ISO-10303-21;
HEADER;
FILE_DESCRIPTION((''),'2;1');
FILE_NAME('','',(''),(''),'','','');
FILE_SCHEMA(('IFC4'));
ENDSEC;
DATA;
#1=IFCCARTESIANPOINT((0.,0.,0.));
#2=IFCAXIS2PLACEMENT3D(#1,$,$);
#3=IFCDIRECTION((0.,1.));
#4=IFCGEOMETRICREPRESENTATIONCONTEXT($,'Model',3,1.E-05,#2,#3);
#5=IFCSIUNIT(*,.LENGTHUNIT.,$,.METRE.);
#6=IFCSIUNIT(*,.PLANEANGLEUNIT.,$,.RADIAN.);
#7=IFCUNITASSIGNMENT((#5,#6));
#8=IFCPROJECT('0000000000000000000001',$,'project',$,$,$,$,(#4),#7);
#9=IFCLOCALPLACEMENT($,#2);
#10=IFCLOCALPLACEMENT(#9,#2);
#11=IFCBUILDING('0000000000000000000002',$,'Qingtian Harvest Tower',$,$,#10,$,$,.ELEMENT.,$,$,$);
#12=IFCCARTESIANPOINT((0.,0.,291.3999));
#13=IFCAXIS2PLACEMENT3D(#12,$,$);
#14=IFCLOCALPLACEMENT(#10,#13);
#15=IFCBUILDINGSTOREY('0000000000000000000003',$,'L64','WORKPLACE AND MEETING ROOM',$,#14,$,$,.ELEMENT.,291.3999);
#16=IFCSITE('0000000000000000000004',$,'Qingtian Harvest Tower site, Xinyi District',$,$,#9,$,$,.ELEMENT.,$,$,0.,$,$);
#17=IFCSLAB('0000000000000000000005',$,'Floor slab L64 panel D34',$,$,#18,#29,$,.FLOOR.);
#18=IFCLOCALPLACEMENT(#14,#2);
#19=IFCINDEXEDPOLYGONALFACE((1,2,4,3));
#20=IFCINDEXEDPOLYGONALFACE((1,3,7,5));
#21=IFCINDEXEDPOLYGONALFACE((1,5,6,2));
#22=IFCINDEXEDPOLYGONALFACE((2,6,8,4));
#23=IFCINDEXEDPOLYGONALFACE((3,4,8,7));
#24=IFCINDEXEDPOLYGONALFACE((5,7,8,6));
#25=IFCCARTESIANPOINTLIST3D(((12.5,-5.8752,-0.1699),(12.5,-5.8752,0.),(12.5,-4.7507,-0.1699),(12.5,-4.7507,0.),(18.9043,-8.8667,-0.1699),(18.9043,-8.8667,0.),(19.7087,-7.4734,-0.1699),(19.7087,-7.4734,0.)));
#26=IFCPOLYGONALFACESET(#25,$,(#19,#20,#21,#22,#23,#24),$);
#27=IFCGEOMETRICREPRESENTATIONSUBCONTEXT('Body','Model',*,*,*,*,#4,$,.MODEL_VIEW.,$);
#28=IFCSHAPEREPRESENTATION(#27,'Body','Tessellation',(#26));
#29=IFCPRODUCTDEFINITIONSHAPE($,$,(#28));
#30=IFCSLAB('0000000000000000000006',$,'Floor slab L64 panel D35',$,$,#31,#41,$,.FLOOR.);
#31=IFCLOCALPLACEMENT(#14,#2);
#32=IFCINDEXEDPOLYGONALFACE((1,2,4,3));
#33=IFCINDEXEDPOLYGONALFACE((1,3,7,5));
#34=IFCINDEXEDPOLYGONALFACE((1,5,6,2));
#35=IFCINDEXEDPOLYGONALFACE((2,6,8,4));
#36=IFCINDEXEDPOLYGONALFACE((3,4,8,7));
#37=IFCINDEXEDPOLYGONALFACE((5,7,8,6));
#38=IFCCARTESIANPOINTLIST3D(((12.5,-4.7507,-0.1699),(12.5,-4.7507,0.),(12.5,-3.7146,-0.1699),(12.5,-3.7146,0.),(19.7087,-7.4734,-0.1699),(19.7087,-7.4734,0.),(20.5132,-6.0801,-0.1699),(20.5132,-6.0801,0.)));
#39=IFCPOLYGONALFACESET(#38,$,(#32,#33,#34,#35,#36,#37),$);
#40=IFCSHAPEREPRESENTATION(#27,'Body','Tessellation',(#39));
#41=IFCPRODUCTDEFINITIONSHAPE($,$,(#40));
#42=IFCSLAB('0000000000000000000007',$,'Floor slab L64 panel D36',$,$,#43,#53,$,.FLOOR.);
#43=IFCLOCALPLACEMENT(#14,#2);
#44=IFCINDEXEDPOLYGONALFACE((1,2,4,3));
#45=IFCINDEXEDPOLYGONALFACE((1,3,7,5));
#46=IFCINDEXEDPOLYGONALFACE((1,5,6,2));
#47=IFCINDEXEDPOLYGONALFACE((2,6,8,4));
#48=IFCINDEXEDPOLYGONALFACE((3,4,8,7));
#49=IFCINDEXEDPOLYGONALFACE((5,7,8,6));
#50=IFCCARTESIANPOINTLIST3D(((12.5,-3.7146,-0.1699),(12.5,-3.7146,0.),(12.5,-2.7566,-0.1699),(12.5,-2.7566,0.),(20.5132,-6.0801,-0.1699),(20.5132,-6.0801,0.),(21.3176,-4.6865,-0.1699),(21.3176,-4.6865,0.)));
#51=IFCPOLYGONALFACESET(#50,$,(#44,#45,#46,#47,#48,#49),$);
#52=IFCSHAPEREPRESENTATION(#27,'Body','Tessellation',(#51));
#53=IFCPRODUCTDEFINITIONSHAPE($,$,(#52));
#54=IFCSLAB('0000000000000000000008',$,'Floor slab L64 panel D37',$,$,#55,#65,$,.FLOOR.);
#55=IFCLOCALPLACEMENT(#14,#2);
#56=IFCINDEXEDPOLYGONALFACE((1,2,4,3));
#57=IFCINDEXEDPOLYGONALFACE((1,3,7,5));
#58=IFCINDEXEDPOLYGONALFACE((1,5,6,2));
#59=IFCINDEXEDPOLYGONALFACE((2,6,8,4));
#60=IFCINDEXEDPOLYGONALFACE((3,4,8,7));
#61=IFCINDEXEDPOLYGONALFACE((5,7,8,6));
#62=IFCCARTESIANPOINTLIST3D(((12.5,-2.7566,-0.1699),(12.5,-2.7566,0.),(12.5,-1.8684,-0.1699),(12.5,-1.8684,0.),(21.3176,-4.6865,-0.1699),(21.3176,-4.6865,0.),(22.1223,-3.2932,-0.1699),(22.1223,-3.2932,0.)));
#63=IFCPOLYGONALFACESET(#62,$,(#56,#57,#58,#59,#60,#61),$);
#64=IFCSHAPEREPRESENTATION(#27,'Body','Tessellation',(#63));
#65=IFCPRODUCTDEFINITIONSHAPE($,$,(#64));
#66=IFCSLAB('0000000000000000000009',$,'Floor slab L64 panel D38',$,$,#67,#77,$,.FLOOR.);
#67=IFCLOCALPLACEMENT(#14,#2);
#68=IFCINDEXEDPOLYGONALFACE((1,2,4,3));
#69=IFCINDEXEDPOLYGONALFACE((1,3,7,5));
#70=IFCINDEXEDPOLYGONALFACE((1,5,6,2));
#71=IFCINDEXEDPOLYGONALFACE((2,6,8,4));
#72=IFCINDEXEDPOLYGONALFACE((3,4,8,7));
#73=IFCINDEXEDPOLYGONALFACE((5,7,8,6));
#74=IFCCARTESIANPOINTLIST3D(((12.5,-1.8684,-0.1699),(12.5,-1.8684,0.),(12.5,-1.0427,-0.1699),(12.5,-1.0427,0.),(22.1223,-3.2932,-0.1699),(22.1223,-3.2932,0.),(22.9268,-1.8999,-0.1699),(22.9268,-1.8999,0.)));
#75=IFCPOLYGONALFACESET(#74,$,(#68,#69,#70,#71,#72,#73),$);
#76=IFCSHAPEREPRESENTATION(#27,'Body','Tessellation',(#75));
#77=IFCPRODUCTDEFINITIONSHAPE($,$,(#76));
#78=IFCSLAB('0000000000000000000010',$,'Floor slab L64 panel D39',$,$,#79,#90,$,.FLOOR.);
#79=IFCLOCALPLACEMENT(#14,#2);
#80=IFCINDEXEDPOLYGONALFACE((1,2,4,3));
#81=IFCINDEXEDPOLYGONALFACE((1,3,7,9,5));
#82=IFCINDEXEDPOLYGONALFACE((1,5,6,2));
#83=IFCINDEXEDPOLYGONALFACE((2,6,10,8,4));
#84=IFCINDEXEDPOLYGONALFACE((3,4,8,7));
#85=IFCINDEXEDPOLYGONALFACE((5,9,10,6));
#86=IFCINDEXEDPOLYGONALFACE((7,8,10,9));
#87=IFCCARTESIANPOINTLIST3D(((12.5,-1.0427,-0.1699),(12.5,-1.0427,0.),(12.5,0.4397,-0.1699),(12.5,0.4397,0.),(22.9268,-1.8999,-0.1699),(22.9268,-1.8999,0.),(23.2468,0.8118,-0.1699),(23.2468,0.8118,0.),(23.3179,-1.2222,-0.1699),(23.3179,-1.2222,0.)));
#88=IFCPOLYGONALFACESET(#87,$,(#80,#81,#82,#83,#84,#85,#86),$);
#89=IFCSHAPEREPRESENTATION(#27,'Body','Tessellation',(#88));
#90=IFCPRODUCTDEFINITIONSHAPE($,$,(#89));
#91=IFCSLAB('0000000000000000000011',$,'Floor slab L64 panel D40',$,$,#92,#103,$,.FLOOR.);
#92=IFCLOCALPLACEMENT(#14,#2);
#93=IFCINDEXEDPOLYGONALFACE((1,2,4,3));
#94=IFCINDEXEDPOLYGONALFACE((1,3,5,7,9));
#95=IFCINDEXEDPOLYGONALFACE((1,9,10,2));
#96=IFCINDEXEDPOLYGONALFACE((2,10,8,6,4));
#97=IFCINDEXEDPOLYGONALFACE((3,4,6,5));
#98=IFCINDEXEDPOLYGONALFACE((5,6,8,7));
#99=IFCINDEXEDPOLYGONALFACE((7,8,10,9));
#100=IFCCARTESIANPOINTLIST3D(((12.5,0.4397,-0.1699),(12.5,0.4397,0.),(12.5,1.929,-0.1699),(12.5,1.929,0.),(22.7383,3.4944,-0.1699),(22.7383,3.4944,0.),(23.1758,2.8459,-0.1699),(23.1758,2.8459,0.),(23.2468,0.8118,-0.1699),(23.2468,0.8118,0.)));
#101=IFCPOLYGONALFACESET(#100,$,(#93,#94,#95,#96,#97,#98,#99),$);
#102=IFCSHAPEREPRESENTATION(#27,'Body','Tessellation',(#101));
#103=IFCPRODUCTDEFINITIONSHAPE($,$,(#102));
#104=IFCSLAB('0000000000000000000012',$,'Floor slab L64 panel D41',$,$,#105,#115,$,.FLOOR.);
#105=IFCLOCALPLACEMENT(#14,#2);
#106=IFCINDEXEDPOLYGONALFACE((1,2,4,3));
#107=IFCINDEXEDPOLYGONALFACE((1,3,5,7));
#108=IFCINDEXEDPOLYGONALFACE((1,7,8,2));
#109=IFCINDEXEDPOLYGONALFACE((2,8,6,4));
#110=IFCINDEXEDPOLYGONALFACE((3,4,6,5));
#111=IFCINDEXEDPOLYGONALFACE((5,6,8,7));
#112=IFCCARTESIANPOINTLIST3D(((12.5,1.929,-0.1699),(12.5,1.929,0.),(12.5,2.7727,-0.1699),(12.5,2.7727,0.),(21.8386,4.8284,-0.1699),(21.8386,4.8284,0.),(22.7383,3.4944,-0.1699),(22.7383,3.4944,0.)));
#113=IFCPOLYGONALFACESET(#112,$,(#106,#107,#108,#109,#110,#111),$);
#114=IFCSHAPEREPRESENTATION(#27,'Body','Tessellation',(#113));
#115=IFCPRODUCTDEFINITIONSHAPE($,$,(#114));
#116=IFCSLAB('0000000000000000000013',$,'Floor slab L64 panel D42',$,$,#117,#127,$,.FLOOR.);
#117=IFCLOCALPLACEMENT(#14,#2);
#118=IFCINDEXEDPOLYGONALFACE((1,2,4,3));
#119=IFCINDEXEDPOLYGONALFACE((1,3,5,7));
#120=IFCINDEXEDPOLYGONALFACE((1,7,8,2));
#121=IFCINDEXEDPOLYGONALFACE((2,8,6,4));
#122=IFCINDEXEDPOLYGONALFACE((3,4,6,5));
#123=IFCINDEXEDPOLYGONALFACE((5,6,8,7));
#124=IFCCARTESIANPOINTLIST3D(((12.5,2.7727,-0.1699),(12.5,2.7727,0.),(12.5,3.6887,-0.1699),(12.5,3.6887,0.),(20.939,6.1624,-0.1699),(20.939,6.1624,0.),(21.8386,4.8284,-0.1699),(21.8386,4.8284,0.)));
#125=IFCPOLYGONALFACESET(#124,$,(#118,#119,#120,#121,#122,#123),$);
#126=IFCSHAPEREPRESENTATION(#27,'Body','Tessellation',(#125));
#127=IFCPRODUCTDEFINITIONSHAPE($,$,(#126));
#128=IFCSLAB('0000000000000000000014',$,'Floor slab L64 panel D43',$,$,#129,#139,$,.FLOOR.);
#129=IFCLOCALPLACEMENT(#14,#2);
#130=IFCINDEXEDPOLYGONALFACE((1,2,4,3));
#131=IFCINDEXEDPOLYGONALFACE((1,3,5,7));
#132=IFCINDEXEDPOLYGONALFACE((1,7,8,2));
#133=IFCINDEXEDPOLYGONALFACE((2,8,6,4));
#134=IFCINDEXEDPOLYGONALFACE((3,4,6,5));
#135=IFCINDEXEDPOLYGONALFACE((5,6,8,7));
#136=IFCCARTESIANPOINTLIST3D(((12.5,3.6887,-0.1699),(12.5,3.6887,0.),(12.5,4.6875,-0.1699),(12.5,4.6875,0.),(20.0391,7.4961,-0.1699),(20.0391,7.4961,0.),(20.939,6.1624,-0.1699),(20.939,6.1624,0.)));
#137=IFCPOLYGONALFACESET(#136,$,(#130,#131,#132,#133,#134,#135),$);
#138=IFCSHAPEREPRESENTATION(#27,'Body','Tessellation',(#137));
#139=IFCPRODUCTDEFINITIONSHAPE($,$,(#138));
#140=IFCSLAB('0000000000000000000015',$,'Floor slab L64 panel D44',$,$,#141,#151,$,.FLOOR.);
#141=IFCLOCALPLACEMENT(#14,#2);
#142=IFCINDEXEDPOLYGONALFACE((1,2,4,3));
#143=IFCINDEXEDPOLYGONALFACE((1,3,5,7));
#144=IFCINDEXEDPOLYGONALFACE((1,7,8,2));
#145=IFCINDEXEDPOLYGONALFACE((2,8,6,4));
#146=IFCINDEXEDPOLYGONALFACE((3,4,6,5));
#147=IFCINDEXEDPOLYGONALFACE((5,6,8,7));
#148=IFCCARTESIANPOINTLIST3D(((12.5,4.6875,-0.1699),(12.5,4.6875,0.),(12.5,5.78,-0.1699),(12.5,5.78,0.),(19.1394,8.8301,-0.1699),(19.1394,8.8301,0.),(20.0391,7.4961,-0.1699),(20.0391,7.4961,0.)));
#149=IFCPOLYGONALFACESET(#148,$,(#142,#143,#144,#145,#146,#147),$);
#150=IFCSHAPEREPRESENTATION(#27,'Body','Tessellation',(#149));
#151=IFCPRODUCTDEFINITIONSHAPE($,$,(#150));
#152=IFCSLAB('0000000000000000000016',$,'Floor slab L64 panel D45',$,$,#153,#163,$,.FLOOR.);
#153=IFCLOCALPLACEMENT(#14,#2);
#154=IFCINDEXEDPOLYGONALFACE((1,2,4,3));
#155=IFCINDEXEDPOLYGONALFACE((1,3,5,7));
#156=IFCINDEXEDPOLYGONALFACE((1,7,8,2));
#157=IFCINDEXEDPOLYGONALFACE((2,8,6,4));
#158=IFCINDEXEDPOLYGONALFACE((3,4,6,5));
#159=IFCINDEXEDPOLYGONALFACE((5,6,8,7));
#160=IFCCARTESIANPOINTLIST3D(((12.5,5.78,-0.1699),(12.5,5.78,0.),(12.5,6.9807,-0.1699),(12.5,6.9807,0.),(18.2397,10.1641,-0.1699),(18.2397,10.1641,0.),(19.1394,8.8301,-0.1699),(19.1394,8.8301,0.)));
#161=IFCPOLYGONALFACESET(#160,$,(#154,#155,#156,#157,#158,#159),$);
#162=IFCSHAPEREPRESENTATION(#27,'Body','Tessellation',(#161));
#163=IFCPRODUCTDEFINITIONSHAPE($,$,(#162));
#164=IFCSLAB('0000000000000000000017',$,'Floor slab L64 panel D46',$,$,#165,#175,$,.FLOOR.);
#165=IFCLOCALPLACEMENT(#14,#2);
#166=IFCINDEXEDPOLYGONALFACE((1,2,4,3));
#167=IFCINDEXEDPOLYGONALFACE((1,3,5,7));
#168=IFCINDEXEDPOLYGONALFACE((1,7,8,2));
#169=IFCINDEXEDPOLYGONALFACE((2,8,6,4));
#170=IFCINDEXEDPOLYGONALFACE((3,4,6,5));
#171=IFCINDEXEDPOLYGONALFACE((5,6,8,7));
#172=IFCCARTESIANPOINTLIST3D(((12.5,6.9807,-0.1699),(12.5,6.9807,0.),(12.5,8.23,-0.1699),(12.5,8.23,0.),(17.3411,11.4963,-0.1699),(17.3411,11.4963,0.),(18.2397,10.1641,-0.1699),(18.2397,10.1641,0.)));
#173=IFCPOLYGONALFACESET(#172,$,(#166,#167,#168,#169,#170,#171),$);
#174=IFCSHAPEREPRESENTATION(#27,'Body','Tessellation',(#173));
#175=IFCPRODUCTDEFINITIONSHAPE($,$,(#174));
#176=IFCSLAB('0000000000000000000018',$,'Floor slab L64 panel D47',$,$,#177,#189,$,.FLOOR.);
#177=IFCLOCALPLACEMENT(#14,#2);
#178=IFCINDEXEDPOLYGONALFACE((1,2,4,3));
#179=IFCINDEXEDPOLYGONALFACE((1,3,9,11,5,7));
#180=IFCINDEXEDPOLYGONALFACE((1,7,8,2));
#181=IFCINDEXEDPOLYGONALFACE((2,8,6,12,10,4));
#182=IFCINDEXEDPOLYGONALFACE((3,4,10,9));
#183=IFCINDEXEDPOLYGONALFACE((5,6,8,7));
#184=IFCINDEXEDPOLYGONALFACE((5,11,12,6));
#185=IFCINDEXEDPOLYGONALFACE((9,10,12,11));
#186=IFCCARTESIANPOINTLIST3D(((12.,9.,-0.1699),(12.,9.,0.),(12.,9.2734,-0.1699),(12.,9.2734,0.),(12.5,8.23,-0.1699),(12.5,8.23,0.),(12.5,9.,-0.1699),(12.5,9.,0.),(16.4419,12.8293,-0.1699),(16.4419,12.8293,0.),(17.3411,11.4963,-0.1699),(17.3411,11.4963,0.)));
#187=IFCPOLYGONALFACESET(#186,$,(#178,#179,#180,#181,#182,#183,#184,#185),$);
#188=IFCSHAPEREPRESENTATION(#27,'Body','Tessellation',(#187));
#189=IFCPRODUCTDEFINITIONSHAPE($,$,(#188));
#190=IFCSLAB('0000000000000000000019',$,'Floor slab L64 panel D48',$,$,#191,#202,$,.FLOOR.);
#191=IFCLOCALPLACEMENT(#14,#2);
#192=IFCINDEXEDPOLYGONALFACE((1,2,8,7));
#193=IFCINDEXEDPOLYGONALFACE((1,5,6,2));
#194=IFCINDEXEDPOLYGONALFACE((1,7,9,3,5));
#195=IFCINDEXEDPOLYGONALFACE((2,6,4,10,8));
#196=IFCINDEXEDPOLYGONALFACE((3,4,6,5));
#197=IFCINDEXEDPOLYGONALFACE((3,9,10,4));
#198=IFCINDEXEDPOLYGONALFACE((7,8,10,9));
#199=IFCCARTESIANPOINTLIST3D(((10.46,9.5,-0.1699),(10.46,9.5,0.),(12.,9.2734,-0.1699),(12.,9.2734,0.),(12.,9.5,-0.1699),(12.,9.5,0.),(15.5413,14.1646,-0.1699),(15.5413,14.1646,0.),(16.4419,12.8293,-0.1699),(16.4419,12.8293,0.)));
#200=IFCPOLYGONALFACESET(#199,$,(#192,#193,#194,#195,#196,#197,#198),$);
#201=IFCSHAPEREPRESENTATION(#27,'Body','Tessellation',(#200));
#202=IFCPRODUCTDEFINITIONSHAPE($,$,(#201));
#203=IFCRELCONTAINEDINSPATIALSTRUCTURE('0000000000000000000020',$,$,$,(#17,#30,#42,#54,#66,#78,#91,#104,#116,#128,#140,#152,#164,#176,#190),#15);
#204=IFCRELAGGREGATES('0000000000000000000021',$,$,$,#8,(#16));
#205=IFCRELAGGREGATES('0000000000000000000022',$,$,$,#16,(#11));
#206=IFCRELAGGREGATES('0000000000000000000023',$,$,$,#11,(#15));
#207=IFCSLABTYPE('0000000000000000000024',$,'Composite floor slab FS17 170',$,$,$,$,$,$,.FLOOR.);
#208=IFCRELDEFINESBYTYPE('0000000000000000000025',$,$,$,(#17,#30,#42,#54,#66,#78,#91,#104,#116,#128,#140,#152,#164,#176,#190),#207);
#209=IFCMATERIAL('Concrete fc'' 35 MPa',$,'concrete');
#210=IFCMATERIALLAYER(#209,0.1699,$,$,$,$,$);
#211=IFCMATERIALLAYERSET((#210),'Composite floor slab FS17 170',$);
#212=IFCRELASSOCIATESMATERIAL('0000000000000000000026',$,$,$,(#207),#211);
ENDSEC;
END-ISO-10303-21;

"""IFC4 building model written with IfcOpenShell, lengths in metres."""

from ifc_helpers import new_model, si_unit, direction, frame, origin, place, context, subcontext, project, spatial, polyline, outline, extrude, material, layer, layer_set, type_object, element, save


model = new_model("IFC4")

# Units and contexts
model_context = context("Model", 3, precision=1e-05, world=origin(), true_north=direction((0.0, 1.0)))
body_context = subcontext(model_context, "Body", "Model", "MODEL_VIEW")
ifc_project = project(units=[si_unit("LENGTHUNIT", "METRE"), si_unit("PLANEANGLEUNIT", "RADIAN")], contexts=[model_context])

# Site, building, storey
site_placement = place(None, origin())
site = spatial("IfcSite", under=ifc_project, at=site_placement, Name="Qingtian Harvest Tower site, Xinyi District", CompositionType="ELEMENT", RefElevation=0.0)
building_placement = place(site_placement, origin())
building = spatial("IfcBuilding", under=site, at=building_placement, Name="Qingtian Harvest Tower", CompositionType="ELEMENT")
storey_placement = place(building_placement, frame((0.0, 0.0, 291.3999)))
storey = spatial("IfcBuildingStorey", under=building, at=storey_placement, Name="L64", Description="WORKPLACE AND MEETING ROOM", CompositionType="ELEMENT", Elevation=291.3999)

# Slabs
ifc_material_1 = material(Name="Concrete fc' 35 MPa", Category="concrete")
ifc_layer_1 = layer(ifc_material_1, 0.1699)
ifc_layer_set_1 = layer_set([ifc_layer_1], Name="Composite floor slab FS17 170")
slab_type = type_object("IfcSlabType", Name="Composite floor slab FS17 170", PredefinedType="FLOOR", material=ifc_layer_set_1)
slab_1_placement = place(storey_placement, frame((0.0, 0.0, -0.1699)))
element("IfcSlab", 1, at=slab_1_placement, inside=storey, type_object=slab_type, Name="Floor slab L64 panel D34", PredefinedType="FLOOR", context=body_context, shape_type="SweptSolid", body=[
    extrude(outline(polyline([(12.5, -4.7507), (19.7087, -7.4734), (18.9043, -8.8667), (12.5, -5.8752), (12.5, -4.7507)])), origin(), (0.0, 0.0, 1.0), 0.1699),
])
slab_2_placement = place(storey_placement, frame((0.0, 0.0, -0.1699)))
element("IfcSlab", 2, at=slab_2_placement, inside=storey, type_object=slab_type, Name="Floor slab L64 panel D35", PredefinedType="FLOOR", context=body_context, shape_type="SweptSolid", body=[
    extrude(outline(polyline([(12.5, -3.7146), (20.5132, -6.0801), (19.7087, -7.4734), (12.5, -4.7507), (12.5, -3.7146)])), origin(), (0.0, 0.0, 1.0), 0.1699),
])
slab_3_placement = place(storey_placement, frame((0.0, 0.0, -0.1699)))
element("IfcSlab", 3, at=slab_3_placement, inside=storey, type_object=slab_type, Name="Floor slab L64 panel D36", PredefinedType="FLOOR", context=body_context, shape_type="SweptSolid", body=[
    extrude(outline(polyline([(12.5, -2.7566), (21.3176, -4.6865), (20.5132, -6.0801), (12.5, -3.7146), (12.5, -2.7566)])), origin(), (0.0, 0.0, 1.0), 0.1699),
])
slab_4_placement = place(storey_placement, frame((0.0, 0.0, -0.1699)))
element("IfcSlab", 4, at=slab_4_placement, inside=storey, type_object=slab_type, Name="Floor slab L64 panel D37", PredefinedType="FLOOR", context=body_context, shape_type="SweptSolid", body=[
    extrude(outline(polyline([(12.5, -1.8684), (22.1223, -3.2932), (21.3176, -4.6865), (12.5, -2.7566), (12.5, -1.8684)])), origin(), (0.0, 0.0, 1.0), 0.1699),
])
slab_5_placement = place(storey_placement, frame((0.0, 0.0, -0.1699)))
element("IfcSlab", 5, at=slab_5_placement, inside=storey, type_object=slab_type, Name="Floor slab L64 panel D38", PredefinedType="FLOOR", context=body_context, shape_type="SweptSolid", body=[
    extrude(outline(polyline([(12.5, -1.0427), (22.9268, -1.8999), (22.1223, -3.2932), (12.5, -1.8684), (12.5, -1.0427)])), origin(), (0.0, 0.0, 1.0), 0.1699),
])
slab_6_placement = place(storey_placement, frame((0.0, 0.0, -0.1699)))
element("IfcSlab", 6, at=slab_6_placement, inside=storey, type_object=slab_type, Name="Floor slab L64 panel D39", PredefinedType="FLOOR", context=body_context, shape_type="SweptSolid", body=[
    extrude(outline(polyline([(12.5, -1.0427), (12.5, 0.4397), (23.2468, 0.8118), (23.3179, -1.2222), (22.9268, -1.8999), (12.5, -1.0427)])), origin(), (0.0, 0.0, 1.0), 0.1699),
])
slab_7_placement = place(storey_placement, frame((0.0, 0.0, -0.1699)))
element("IfcSlab", 7, at=slab_7_placement, inside=storey, type_object=slab_type, Name="Floor slab L64 panel D40", PredefinedType="FLOOR", context=body_context, shape_type="SweptSolid", body=[
    extrude(outline(polyline([(12.5, 0.4397), (12.5, 1.929), (22.7383, 3.4944), (23.1758, 2.8459), (23.2468, 0.8118), (12.5, 0.4397)])), origin(), (0.0, 0.0, 1.0), 0.1699),
])
slab_8_placement = place(storey_placement, frame((0.0, 0.0, -0.1699)))
element("IfcSlab", 8, at=slab_8_placement, inside=storey, type_object=slab_type, Name="Floor slab L64 panel D41", PredefinedType="FLOOR", context=body_context, shape_type="SweptSolid", body=[
    extrude(outline(polyline([(12.5, 2.7727), (21.8386, 4.8284), (22.7383, 3.4944), (12.5, 1.929), (12.5, 2.7727)])), origin(), (0.0, 0.0, 1.0), 0.1699),
])
slab_9_placement = place(storey_placement, frame((0.0, 0.0, -0.1699)))
element("IfcSlab", 9, at=slab_9_placement, inside=storey, type_object=slab_type, Name="Floor slab L64 panel D42", PredefinedType="FLOOR", context=body_context, shape_type="SweptSolid", body=[
    extrude(outline(polyline([(12.5, 3.6887), (20.939, 6.1624), (21.8386, 4.8284), (12.5, 2.7727), (12.5, 3.6887)])), origin(), (0.0, 0.0, 1.0), 0.1699),
])
slab_10_placement = place(storey_placement, frame((0.0, 0.0, -0.1699)))
element("IfcSlab", 10, at=slab_10_placement, inside=storey, type_object=slab_type, Name="Floor slab L64 panel D43", PredefinedType="FLOOR", context=body_context, shape_type="SweptSolid", body=[
    extrude(outline(polyline([(12.5, 4.6875), (20.0391, 7.4961), (20.939, 6.1624), (12.5, 3.6887), (12.5, 4.6875)])), origin(), (0.0, 0.0, 1.0), 0.1699),
])
slab_11_placement = place(storey_placement, frame((0.0, 0.0, -0.1699)))
element("IfcSlab", 11, at=slab_11_placement, inside=storey, type_object=slab_type, Name="Floor slab L64 panel D44", PredefinedType="FLOOR", context=body_context, shape_type="SweptSolid", body=[
    extrude(outline(polyline([(12.5, 5.78), (19.1394, 8.8301), (20.0391, 7.4961), (12.5, 4.6875), (12.5, 5.78)])), origin(), (0.0, 0.0, 1.0), 0.1699),
])
slab_12_placement = place(storey_placement, frame((0.0, 0.0, -0.1699)))
element("IfcSlab", 12, at=slab_12_placement, inside=storey, type_object=slab_type, Name="Floor slab L64 panel D45", PredefinedType="FLOOR", context=body_context, shape_type="SweptSolid", body=[
    extrude(outline(polyline([(12.5, 6.9807), (18.2397, 10.1641), (19.1394, 8.8301), (12.5, 5.78), (12.5, 6.9807)])), origin(), (0.0, 0.0, 1.0), 0.1699),
])
slab_13_placement = place(storey_placement, frame((0.0, 0.0, -0.1699)))
element("IfcSlab", 13, at=slab_13_placement, inside=storey, type_object=slab_type, Name="Floor slab L64 panel D46", PredefinedType="FLOOR", context=body_context, shape_type="SweptSolid", body=[
    extrude(outline(polyline([(12.5, 8.23), (17.3411, 11.4963), (18.2397, 10.1641), (12.5, 6.9807), (12.5, 8.23)])), origin(), (0.0, 0.0, 1.0), 0.1699),
])
slab_14_placement = place(storey_placement, frame((0.0, 0.0, -0.1699)))
element("IfcSlab", 14, at=slab_14_placement, inside=storey, type_object=slab_type, Name="Floor slab L64 panel D47", PredefinedType="FLOOR", context=body_context, shape_type="SweptSolid", body=[
    extrude(outline(polyline([(12.5, 9.0), (12.0, 9.0), (12.0, 9.2734), (16.4419, 12.8293), (17.3411, 11.4963), (12.5, 8.23), (12.5, 9.0)])), origin(), (0.0, 0.0, 1.0), 0.1699),
])
slab_15_placement = place(storey_placement, frame((0.0, 0.0, -0.1699)))
element("IfcSlab", 15, at=slab_15_placement, inside=storey, type_object=slab_type, Name="Floor slab L64 panel D48", PredefinedType="FLOOR", context=body_context, shape_type="SweptSolid", body=[
    extrude(outline(polyline([(12.0, 9.5), (10.46, 9.5), (15.5413, 14.1646), (16.4419, 12.8293), (12.0, 9.2734), (12.0, 9.5)])), origin(), (0.0, 0.0, 1.0), 0.1699),
])

save(model, "model.ifc")
